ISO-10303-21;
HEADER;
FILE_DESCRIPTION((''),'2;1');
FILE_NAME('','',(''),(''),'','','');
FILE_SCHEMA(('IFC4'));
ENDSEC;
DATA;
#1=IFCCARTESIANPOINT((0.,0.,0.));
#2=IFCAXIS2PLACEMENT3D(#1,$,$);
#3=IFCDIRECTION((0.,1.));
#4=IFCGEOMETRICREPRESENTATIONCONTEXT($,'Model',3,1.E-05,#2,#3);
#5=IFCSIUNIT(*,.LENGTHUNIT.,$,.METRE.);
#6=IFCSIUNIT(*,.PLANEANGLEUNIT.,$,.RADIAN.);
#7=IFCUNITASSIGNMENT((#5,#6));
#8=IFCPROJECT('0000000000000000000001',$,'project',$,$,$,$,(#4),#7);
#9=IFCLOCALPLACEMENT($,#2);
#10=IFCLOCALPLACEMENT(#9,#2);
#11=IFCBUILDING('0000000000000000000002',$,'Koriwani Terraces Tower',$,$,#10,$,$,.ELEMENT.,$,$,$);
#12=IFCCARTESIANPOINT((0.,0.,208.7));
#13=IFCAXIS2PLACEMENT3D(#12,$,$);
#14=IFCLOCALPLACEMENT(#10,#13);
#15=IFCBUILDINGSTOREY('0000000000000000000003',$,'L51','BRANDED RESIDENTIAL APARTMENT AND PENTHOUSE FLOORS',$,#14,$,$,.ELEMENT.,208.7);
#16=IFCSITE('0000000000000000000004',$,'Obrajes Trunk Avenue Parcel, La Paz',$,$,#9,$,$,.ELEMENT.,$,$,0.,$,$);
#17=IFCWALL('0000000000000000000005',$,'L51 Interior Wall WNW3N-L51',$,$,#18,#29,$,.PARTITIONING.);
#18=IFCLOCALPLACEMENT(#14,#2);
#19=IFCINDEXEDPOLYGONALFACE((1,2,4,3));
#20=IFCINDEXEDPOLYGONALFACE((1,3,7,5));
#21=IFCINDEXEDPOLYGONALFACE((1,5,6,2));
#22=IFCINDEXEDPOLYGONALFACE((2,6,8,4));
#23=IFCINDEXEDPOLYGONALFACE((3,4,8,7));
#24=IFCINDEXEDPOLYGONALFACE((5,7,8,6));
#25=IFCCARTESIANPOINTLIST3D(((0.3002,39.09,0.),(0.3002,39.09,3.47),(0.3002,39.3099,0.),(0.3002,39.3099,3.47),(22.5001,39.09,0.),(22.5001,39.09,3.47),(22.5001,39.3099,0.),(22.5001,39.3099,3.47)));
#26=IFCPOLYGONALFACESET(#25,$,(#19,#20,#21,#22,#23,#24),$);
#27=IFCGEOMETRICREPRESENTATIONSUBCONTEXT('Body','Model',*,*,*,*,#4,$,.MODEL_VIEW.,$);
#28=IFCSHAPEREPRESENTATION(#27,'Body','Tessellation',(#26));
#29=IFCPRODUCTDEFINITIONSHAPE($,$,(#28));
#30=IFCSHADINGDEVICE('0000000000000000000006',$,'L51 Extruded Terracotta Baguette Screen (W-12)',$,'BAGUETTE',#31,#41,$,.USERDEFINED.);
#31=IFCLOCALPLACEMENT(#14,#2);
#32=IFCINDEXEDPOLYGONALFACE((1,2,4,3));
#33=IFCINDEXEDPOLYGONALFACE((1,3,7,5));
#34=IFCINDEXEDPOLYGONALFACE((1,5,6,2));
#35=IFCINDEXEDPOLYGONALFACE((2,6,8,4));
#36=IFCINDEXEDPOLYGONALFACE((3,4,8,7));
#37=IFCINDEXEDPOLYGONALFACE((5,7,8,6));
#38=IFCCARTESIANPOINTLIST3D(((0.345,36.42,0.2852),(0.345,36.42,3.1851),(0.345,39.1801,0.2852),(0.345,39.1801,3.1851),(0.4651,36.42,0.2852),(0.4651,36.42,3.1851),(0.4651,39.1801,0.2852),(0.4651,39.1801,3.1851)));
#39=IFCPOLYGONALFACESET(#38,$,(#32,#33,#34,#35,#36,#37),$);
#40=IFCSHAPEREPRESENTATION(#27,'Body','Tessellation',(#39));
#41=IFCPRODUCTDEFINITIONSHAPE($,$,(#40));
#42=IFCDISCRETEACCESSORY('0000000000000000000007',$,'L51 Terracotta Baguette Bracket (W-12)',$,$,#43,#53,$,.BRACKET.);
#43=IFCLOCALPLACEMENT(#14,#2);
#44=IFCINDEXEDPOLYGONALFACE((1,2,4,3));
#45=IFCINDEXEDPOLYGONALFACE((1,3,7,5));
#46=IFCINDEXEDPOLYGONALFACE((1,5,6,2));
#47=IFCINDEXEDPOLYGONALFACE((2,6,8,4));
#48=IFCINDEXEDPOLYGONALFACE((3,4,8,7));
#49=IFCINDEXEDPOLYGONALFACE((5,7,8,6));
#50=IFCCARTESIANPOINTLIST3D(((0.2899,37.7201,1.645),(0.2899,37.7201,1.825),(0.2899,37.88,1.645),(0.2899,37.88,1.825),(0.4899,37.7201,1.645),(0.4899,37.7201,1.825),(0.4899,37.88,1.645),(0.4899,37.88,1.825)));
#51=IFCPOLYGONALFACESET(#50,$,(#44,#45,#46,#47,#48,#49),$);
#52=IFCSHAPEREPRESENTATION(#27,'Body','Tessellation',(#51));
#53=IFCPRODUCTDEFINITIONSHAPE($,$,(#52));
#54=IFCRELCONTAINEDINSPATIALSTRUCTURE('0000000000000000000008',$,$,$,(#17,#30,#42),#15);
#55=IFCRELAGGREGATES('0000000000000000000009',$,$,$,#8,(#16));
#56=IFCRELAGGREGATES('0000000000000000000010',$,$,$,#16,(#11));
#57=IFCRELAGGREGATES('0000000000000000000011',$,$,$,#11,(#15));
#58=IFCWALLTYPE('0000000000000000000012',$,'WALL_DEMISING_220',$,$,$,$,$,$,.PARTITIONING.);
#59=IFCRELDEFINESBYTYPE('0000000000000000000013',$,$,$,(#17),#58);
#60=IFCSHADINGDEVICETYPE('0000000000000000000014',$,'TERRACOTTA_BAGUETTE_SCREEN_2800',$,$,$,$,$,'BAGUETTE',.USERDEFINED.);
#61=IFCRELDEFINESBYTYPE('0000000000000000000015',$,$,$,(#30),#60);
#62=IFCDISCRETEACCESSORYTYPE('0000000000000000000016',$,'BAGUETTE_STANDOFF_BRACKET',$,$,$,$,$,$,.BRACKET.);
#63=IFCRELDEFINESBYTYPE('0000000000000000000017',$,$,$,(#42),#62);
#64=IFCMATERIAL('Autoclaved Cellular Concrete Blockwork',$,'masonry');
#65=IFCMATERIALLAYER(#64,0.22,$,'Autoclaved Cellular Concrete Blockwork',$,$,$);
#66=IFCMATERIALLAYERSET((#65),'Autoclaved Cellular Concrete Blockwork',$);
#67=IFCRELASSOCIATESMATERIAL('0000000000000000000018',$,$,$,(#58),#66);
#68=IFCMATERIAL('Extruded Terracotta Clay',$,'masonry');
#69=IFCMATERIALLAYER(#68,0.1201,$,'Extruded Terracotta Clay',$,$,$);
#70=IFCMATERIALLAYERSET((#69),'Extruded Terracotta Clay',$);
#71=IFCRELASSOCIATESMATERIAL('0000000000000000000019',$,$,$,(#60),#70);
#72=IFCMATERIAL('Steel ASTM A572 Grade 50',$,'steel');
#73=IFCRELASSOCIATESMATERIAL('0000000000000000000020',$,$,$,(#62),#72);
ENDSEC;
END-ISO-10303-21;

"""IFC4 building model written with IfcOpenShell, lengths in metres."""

from ifc_helpers import new_model, si_unit, direction, frame, frame_2d, origin, origin_2d, place, context, subcontext, project, spatial, rectangle, extrude, material, layer, layer_set, type_object, element, save


model = new_model("IFC4")

# Units and contexts
model_context = context("Model", 3, precision=1e-05, world=origin(), true_north=direction((0.0, 1.0)))
body_context = subcontext(model_context, "Body", "Model", "MODEL_VIEW")
ifc_project = project(units=[si_unit("LENGTHUNIT", "METRE"), si_unit("PLANEANGLEUNIT", "RADIAN")], contexts=[model_context])

# Site, building, storey
site_placement = place(None, origin())
site = spatial("IfcSite", under=ifc_project, at=site_placement, Name="Obrajes Trunk Avenue Parcel, La Paz", CompositionType="ELEMENT", RefElevation=0.0)
building_placement = place(site_placement, origin())
building = spatial("IfcBuilding", under=site, at=building_placement, Name="Koriwani Terraces Tower", CompositionType="ELEMENT")
storey_placement = place(building_placement, frame((0.0, 0.0, 208.7)))
storey = spatial("IfcBuildingStorey", under=building, at=storey_placement, Name="L51", Description="BRANDED RESIDENTIAL APARTMENT AND PENTHOUSE FLOORS", CompositionType="ELEMENT", Elevation=208.7)

# Shared definitions
ifc_material_1 = material(Name="Steel ASTM A572 Grade 50", Category="steel")

# Shared definitions
ifc_material_2 = material(Name="Autoclaved Cellular Concrete Blockwork", Category="masonry")

# Wall
ifc_layer_1 = layer(ifc_material_2, 0.22, Name="Autoclaved Cellular Concrete Blockwork")
ifc_layer_set_1 = layer_set([ifc_layer_1], Name="Autoclaved Cellular Concrete Blockwork")
wall_type_1 = type_object("IfcWallType", Name="WALL_DEMISING_220", PredefinedType="PARTITIONING", material=ifc_layer_set_1)
for number, where, z_axis, x_axis, name in (
    (1, (0.3, 39.2, 0.0), (0.0, 0.0, 1.0), (1.0, 0.0, 0.0), "L51 Interior Wall WNW3N-L51"),
):
    element("IfcWall", number, at=place(storey_placement, frame(where, z_axis=z_axis, x_axis=x_axis)), inside=storey, type_object=wall_type_1, Name=name, PredefinedType="PARTITIONING", context=body_context, shape_type="SweptSolid", body=[
        extrude(rectangle(XDim=22.2, YDim=0.22, at=frame_2d((11.1001, 0.0))), origin(), (0.0, 0.0, 1.0), 3.47),
    ])

# Shading device
ifc_material_3 = material(Name="Extruded Terracotta Clay", Category="masonry")
ifc_layer_2 = layer(ifc_material_3, 0.1201, Name="Extruded Terracotta Clay")
ifc_layer_set_2 = layer_set([ifc_layer_2], Name="Extruded Terracotta Clay")
shading_device_type = type_object("IfcShadingDeviceType", Name="TERRACOTTA_BAGUETTE_SCREEN_2800", ElementType="BAGUETTE", PredefinedType="USERDEFINED", material=ifc_layer_set_2)
shading_device_placement = place(storey_placement, frame((0.405, 37.8, 0.2852), z_axis=(0.0, 0.0, 1.0), x_axis=(0.0, 1.0, 0.0)))
element("IfcShadingDevice", 2, at=shading_device_placement, inside=storey, type_object=shading_device_type, Name="L51 Extruded Terracotta Baguette Screen (W-12)", ObjectType="BAGUETTE", PredefinedType="USERDEFINED", context=body_context, shape_type="SweptSolid", body=[
    extrude(rectangle(XDim=2.76, YDim=0.1201, at=origin_2d()), origin(), (0.0, 0.0, 1.0), 2.8999),
])

# Discrete accessory
discrete_accessory_type = type_object("IfcDiscreteAccessoryType", Name="BAGUETTE_STANDOFF_BRACKET", PredefinedType="BRACKET", material=ifc_material_1)
discrete_accessory_placement = place(storey_placement, frame((0.3899, 37.8, 1.645), z_axis=(0.0, 0.0, 1.0), x_axis=(0.0, 1.0, 0.0)))
element("IfcDiscreteAccessory", 3, at=discrete_accessory_placement, inside=storey, type_object=discrete_accessory_type, Name="L51 Terracotta Baguette Bracket (W-12)", PredefinedType="BRACKET", context=body_context, shape_type="SweptSolid", body=[
    extrude(rectangle(XDim=0.1599, YDim=0.2, at=origin_2d()), origin(), (0.0, 0.0, 1.0), 0.1799),
])

save(model, "model.ifc")
